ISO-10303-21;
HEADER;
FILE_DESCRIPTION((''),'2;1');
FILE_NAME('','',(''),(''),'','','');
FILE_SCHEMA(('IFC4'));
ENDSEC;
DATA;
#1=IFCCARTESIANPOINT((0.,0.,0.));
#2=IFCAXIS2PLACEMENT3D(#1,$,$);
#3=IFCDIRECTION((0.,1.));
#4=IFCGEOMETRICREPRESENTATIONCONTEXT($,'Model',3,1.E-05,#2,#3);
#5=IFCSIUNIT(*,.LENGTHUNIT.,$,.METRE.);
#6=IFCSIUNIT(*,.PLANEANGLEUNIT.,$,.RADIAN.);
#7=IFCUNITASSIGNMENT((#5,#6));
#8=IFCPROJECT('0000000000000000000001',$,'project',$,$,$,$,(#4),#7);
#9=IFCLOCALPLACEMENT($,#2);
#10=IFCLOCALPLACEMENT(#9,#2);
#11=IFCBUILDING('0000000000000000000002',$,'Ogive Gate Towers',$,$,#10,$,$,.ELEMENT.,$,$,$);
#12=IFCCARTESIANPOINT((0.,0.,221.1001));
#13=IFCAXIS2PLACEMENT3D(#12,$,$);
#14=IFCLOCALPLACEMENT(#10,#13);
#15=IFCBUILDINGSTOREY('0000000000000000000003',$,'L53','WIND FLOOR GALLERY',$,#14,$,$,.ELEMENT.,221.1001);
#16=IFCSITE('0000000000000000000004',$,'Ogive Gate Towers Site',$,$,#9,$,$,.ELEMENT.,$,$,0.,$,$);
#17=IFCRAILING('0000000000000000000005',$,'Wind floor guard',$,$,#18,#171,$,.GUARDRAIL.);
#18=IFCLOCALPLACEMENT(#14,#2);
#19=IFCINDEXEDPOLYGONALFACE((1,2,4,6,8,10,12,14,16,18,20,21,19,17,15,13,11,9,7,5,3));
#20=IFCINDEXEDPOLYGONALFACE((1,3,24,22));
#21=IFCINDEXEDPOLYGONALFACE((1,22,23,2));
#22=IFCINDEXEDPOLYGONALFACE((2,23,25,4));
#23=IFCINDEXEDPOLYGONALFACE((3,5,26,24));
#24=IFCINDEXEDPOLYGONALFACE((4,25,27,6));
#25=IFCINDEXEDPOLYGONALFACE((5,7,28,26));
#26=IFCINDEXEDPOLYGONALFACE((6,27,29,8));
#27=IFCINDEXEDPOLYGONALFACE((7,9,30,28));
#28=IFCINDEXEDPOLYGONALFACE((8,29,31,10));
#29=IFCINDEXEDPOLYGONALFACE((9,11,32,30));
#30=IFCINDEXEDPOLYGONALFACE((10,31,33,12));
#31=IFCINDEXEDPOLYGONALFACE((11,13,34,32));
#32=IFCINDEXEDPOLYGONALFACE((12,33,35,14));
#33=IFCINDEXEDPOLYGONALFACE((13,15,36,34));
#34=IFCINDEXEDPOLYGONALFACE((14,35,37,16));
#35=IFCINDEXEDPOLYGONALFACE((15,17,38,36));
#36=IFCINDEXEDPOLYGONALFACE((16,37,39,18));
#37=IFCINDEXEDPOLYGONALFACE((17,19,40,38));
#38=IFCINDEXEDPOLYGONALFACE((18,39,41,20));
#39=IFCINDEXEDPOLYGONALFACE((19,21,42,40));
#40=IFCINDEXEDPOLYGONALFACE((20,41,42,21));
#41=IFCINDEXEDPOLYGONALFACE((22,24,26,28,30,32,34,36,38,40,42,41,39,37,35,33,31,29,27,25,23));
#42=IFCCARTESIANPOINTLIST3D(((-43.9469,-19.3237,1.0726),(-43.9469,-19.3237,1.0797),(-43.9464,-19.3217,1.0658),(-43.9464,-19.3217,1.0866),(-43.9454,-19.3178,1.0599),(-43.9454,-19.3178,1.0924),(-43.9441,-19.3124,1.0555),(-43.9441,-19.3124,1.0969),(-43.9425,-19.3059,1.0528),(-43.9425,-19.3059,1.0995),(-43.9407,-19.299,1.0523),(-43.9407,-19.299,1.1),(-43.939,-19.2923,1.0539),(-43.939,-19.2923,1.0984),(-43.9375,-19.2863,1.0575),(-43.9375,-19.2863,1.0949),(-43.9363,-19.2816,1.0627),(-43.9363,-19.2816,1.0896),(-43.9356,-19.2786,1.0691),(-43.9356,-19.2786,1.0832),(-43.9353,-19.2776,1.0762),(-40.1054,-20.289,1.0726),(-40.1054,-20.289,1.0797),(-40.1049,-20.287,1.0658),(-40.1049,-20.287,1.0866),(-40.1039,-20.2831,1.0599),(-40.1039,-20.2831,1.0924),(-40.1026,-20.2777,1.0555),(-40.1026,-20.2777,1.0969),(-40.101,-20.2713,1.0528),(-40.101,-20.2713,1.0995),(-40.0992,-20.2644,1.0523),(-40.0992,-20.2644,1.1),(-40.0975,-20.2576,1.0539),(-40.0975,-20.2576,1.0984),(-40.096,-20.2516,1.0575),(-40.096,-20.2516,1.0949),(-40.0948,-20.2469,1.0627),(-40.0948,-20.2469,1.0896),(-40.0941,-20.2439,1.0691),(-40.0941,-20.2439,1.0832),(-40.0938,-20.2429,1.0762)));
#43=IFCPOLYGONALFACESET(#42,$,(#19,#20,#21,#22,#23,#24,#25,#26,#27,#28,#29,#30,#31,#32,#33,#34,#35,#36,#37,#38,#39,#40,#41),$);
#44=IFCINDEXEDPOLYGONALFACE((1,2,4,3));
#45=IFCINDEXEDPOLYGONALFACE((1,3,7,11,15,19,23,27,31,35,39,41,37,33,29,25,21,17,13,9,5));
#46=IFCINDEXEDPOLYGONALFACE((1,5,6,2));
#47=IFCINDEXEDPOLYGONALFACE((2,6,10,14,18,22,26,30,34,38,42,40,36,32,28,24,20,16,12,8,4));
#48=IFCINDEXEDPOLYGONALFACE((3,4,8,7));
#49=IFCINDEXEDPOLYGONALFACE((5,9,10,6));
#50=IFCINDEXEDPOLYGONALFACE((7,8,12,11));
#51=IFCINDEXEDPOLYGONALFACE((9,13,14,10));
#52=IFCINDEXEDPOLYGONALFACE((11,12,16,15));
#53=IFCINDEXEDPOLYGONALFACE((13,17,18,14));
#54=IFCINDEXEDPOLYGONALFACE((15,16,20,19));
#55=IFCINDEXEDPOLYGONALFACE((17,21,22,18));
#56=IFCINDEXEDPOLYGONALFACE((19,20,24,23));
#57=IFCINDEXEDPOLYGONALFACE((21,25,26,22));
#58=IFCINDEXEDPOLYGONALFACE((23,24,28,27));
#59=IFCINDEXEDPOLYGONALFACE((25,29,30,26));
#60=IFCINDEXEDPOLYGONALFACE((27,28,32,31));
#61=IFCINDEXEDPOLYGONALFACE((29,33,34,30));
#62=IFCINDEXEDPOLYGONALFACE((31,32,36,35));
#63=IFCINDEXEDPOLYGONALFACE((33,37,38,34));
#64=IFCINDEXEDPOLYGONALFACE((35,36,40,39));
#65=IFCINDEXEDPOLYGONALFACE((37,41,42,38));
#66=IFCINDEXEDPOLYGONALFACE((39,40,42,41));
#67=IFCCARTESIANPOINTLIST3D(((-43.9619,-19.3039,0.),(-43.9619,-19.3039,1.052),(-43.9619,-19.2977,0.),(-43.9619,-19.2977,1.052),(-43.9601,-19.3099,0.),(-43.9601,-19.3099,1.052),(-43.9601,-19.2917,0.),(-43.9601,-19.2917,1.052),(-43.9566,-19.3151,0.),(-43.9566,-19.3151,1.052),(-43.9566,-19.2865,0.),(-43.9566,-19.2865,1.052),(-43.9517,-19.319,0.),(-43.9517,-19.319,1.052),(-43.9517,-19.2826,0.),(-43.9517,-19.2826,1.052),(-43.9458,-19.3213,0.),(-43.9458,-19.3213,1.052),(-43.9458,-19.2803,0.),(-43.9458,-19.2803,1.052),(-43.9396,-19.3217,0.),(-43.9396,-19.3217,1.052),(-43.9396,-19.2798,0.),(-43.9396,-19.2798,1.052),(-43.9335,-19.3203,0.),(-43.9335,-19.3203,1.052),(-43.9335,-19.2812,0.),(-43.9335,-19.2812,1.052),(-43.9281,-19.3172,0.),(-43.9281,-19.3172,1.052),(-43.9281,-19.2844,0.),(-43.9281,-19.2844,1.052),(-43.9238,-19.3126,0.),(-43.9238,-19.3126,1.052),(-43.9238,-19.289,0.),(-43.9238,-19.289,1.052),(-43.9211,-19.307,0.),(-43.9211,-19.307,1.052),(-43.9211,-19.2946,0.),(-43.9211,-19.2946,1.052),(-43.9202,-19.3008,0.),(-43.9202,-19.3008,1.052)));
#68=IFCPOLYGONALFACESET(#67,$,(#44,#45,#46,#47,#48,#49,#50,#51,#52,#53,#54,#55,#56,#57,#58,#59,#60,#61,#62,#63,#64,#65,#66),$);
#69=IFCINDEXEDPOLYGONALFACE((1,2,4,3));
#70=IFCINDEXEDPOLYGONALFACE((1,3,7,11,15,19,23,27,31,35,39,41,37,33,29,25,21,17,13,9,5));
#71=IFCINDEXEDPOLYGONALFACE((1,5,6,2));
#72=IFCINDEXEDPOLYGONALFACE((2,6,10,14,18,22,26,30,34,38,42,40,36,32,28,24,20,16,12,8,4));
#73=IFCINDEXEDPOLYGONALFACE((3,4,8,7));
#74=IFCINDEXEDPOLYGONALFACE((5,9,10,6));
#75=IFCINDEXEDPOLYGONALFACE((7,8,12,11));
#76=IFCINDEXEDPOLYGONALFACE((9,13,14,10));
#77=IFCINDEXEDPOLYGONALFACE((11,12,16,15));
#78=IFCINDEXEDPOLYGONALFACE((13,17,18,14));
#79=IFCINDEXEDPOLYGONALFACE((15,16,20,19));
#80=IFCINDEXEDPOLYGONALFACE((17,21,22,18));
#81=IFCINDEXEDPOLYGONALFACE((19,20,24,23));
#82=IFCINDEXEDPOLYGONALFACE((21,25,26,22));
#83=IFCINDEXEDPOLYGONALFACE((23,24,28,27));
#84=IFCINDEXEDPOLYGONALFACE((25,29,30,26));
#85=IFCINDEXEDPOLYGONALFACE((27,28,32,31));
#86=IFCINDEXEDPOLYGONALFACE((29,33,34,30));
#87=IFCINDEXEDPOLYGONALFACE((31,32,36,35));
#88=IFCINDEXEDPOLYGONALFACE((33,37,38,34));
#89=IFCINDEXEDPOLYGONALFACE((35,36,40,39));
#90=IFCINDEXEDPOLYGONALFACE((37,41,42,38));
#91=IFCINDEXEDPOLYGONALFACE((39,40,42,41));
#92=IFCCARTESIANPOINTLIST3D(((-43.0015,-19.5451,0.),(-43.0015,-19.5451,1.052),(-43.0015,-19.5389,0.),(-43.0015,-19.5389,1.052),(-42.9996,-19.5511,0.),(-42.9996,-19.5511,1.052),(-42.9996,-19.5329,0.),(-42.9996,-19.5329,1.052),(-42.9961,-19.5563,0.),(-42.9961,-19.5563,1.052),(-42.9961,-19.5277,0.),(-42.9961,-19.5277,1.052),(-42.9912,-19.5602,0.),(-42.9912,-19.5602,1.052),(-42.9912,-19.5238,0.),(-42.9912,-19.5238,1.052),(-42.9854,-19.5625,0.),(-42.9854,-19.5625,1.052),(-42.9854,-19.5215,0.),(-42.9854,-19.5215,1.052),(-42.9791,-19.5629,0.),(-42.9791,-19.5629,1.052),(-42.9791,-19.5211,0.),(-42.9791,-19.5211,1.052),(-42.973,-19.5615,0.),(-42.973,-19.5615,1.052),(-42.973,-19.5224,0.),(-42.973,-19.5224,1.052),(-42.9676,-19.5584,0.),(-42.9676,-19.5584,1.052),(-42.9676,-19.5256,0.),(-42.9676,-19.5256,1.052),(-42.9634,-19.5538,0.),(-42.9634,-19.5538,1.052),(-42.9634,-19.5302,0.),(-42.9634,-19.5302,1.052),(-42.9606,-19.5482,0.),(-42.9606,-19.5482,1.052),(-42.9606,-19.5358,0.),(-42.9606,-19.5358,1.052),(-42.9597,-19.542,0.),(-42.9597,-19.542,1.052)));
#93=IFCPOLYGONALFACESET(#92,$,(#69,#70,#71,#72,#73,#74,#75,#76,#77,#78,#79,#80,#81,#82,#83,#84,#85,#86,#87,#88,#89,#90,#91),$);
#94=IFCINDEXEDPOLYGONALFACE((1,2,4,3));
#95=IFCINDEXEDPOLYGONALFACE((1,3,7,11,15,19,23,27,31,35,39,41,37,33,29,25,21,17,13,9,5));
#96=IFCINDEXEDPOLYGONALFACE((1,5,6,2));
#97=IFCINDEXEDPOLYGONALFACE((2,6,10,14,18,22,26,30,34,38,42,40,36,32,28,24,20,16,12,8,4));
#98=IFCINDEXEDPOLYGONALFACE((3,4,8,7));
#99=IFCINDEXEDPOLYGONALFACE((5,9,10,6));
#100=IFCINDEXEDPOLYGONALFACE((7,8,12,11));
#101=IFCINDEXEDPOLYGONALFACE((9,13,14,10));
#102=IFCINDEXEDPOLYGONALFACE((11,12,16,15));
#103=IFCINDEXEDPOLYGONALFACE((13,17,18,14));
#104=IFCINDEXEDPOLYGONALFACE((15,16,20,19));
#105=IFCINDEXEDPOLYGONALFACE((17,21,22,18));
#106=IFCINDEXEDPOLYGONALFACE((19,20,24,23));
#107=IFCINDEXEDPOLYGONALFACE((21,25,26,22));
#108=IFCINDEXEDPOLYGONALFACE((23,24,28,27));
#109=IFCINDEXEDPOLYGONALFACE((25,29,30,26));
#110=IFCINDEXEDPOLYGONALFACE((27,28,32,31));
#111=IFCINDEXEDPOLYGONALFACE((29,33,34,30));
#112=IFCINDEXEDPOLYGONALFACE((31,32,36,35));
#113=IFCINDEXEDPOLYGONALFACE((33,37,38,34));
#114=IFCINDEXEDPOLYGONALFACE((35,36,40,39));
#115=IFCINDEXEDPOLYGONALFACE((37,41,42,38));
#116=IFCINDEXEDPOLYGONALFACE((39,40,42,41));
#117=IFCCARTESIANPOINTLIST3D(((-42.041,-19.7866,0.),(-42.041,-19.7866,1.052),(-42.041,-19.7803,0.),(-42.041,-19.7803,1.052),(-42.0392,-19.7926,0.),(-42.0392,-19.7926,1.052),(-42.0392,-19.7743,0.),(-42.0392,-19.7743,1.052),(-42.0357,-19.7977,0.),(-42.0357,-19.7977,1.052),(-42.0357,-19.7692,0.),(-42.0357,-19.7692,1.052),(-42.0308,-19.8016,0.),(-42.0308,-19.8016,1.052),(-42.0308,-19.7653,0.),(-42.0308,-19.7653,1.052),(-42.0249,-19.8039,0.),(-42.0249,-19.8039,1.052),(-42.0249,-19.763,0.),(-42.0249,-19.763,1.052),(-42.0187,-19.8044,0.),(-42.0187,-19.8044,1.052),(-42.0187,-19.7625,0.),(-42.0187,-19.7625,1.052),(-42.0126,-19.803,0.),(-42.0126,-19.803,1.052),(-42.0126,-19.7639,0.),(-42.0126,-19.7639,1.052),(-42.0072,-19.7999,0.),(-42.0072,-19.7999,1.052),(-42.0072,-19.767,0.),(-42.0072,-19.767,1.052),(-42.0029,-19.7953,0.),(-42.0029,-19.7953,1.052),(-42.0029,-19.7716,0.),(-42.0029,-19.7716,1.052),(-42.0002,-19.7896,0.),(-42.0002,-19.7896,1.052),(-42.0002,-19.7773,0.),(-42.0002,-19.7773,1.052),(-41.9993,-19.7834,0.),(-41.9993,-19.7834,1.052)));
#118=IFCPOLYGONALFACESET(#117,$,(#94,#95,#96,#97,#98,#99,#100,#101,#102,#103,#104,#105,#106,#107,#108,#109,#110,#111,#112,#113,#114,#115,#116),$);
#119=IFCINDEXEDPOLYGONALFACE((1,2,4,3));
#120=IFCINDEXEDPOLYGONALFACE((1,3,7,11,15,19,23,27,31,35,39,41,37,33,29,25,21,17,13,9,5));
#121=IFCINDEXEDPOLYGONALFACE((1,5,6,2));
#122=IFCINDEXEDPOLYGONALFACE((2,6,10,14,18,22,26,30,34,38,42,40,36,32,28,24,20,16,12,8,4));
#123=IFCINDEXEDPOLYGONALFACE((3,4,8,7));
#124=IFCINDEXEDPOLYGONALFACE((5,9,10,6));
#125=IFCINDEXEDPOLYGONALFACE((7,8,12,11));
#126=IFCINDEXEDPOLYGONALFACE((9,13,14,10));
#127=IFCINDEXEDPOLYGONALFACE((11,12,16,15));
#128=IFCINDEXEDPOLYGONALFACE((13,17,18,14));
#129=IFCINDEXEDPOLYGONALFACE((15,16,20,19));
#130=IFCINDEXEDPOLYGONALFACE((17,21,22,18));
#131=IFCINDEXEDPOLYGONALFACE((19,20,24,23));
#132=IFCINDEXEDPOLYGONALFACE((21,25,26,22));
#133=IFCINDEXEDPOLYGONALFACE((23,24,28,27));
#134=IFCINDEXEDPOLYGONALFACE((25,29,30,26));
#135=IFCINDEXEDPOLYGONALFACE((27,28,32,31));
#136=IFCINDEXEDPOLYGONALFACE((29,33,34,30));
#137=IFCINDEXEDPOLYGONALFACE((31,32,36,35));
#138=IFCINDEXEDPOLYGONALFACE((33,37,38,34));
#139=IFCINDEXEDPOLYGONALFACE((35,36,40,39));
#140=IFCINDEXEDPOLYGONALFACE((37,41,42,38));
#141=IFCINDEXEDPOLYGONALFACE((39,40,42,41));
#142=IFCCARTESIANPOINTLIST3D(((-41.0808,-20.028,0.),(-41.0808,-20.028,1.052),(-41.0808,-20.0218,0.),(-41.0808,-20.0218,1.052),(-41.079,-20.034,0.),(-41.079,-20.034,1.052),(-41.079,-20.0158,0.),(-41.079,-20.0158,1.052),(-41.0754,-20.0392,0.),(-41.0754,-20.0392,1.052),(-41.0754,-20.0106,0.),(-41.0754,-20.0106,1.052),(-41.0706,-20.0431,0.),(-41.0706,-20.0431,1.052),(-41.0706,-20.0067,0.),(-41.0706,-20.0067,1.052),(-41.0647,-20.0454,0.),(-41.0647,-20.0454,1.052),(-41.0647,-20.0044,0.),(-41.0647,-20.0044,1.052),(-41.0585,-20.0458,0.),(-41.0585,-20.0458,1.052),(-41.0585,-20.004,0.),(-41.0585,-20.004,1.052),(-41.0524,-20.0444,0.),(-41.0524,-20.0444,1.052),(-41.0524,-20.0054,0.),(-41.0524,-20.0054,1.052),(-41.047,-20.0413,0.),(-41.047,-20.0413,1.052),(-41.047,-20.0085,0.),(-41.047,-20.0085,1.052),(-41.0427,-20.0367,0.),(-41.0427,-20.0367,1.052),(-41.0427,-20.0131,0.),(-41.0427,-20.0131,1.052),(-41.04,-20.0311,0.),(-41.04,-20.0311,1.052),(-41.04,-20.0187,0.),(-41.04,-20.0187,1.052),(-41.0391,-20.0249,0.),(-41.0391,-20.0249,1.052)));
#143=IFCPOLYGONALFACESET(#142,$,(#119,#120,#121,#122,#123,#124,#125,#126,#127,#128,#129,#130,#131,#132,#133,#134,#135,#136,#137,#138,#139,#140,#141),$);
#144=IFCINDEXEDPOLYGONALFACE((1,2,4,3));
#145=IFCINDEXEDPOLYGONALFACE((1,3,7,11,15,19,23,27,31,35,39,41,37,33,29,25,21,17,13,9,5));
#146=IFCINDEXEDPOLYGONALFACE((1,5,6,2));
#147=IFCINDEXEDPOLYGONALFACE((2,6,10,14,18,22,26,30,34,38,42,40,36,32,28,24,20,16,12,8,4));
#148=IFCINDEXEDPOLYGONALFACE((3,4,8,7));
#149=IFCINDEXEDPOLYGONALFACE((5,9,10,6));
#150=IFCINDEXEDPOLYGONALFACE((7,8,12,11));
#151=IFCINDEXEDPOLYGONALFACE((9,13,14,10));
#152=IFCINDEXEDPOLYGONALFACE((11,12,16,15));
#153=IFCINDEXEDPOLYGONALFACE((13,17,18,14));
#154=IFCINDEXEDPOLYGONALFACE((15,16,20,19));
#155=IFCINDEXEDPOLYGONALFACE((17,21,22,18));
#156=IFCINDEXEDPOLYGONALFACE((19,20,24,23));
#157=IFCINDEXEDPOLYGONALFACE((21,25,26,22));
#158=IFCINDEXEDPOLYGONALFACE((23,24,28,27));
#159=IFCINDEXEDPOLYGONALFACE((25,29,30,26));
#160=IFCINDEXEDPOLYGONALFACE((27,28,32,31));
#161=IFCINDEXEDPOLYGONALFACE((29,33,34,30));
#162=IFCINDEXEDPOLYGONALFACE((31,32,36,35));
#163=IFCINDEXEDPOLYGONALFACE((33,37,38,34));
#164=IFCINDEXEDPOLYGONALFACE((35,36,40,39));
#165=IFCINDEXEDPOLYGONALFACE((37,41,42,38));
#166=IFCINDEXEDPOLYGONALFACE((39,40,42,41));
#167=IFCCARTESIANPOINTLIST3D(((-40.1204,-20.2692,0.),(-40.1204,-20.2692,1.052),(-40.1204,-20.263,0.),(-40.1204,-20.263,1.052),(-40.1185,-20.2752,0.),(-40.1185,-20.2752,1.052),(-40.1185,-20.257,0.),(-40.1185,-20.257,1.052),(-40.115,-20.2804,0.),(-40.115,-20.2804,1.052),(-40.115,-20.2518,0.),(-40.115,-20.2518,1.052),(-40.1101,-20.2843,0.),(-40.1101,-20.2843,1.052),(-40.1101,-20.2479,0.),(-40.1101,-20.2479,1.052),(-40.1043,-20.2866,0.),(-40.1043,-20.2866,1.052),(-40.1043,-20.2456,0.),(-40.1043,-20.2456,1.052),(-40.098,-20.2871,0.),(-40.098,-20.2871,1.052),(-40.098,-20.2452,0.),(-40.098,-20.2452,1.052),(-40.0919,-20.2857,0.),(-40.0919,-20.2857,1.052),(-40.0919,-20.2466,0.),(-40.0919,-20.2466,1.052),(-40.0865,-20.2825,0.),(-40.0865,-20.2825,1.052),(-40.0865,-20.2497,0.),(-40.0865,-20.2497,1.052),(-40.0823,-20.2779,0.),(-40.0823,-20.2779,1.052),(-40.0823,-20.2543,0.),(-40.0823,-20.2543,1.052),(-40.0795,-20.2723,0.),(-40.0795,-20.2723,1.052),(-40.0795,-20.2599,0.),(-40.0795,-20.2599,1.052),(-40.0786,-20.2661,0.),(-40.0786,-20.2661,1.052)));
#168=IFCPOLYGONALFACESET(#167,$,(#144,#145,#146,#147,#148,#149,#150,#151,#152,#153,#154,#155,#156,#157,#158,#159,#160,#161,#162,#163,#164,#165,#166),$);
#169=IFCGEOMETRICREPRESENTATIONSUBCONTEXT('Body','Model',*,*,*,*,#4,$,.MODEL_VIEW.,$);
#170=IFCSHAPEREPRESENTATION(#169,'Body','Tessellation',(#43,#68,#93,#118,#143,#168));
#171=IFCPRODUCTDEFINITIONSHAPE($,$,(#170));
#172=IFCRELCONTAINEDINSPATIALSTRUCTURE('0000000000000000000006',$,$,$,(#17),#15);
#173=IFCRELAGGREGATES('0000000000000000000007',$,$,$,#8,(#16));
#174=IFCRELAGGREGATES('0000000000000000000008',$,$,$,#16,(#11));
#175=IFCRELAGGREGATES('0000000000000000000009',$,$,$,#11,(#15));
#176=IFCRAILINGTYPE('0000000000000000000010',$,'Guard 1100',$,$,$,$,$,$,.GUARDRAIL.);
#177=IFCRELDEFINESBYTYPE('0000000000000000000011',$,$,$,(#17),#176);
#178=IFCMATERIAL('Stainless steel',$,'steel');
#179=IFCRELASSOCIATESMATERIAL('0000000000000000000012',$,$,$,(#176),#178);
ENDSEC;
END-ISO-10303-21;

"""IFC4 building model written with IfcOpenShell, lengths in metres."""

from ifc_helpers import new_model, si_unit, direction, frame, origin, origin_2d, place, context, subcontext, project, spatial, circle, extrude, material, type_object, element, save


model = new_model("IFC4")

# Units and contexts
model_context = context("Model", 3, precision=1e-05, world=origin(), true_north=direction((0.0, 1.0)))
body_context = subcontext(model_context, "Body", "Model", "MODEL_VIEW")
ifc_project = project(units=[si_unit("LENGTHUNIT", "METRE"), si_unit("PLANEANGLEUNIT", "RADIAN")], contexts=[model_context])

# Site, building, storey
site_placement = place(None, origin())
site = spatial("IfcSite", under=ifc_project, at=site_placement, Name="Ogive Gate Towers Site", CompositionType="ELEMENT", RefElevation=0.0)
building_placement = place(site_placement, origin())
building = spatial("IfcBuilding", under=site, at=building_placement, Name="Ogive Gate Towers", CompositionType="ELEMENT")
storey_placement = place(building_placement, frame((0.0, 0.0, 221.1001)))
storey = spatial("IfcBuildingStorey", under=building, at=storey_placement, Name="L53", Description="WIND FLOOR GALLERY", CompositionType="ELEMENT", Elevation=221.1001)

# Railing
ifc_material_1 = material(Name="Stainless steel", Category="steel")
railing_type = type_object("IfcRailingType", Name="Guard 1100", PredefinedType="GUARDRAIL", material=ifc_material_1)
railing_1_placement = place(storey_placement, frame((-43.9412, -19.3008, 0.0)))
element("IfcRailing", 1, at=railing_1_placement, inside=storey, type_object=railing_type, Name="Wind floor guard", PredefinedType="GUARDRAIL", context=body_context, shape_type="SweptSolid", body=[
    extrude(circle(Radius=0.0239, at=origin_2d()), frame((0.0, 0.0, 1.0762), z_axis=(0.969848, -0.24371, 0.0), x_axis=(0.24371, 0.969848, 0.0)), (0.0, 0.0, 1.0), 3.9609),
    extrude(circle(Radius=0.021, at=origin_2d()), origin(), (0.0, 0.0, 1.0), 1.052),
    extrude(circle(Radius=0.021, at=origin_2d()), frame((0.9604, -0.2412, 0.0)), (0.0, 0.0, 1.0), 1.052),
    extrude(circle(Radius=0.021, at=origin_2d()), frame((1.9209, -0.4827, 0.0)), (0.0, 0.0, 1.0), 1.052),
    extrude(circle(Radius=0.021, at=origin_2d()), frame((2.8811, -0.7241, 0.0)), (0.0, 0.0, 1.0), 1.052),
    extrude(circle(Radius=0.021, at=origin_2d()), frame((3.8416, -0.9653, 0.0)), (0.0, 0.0, 1.0), 1.052),
])

save(model, "model.ifc")
